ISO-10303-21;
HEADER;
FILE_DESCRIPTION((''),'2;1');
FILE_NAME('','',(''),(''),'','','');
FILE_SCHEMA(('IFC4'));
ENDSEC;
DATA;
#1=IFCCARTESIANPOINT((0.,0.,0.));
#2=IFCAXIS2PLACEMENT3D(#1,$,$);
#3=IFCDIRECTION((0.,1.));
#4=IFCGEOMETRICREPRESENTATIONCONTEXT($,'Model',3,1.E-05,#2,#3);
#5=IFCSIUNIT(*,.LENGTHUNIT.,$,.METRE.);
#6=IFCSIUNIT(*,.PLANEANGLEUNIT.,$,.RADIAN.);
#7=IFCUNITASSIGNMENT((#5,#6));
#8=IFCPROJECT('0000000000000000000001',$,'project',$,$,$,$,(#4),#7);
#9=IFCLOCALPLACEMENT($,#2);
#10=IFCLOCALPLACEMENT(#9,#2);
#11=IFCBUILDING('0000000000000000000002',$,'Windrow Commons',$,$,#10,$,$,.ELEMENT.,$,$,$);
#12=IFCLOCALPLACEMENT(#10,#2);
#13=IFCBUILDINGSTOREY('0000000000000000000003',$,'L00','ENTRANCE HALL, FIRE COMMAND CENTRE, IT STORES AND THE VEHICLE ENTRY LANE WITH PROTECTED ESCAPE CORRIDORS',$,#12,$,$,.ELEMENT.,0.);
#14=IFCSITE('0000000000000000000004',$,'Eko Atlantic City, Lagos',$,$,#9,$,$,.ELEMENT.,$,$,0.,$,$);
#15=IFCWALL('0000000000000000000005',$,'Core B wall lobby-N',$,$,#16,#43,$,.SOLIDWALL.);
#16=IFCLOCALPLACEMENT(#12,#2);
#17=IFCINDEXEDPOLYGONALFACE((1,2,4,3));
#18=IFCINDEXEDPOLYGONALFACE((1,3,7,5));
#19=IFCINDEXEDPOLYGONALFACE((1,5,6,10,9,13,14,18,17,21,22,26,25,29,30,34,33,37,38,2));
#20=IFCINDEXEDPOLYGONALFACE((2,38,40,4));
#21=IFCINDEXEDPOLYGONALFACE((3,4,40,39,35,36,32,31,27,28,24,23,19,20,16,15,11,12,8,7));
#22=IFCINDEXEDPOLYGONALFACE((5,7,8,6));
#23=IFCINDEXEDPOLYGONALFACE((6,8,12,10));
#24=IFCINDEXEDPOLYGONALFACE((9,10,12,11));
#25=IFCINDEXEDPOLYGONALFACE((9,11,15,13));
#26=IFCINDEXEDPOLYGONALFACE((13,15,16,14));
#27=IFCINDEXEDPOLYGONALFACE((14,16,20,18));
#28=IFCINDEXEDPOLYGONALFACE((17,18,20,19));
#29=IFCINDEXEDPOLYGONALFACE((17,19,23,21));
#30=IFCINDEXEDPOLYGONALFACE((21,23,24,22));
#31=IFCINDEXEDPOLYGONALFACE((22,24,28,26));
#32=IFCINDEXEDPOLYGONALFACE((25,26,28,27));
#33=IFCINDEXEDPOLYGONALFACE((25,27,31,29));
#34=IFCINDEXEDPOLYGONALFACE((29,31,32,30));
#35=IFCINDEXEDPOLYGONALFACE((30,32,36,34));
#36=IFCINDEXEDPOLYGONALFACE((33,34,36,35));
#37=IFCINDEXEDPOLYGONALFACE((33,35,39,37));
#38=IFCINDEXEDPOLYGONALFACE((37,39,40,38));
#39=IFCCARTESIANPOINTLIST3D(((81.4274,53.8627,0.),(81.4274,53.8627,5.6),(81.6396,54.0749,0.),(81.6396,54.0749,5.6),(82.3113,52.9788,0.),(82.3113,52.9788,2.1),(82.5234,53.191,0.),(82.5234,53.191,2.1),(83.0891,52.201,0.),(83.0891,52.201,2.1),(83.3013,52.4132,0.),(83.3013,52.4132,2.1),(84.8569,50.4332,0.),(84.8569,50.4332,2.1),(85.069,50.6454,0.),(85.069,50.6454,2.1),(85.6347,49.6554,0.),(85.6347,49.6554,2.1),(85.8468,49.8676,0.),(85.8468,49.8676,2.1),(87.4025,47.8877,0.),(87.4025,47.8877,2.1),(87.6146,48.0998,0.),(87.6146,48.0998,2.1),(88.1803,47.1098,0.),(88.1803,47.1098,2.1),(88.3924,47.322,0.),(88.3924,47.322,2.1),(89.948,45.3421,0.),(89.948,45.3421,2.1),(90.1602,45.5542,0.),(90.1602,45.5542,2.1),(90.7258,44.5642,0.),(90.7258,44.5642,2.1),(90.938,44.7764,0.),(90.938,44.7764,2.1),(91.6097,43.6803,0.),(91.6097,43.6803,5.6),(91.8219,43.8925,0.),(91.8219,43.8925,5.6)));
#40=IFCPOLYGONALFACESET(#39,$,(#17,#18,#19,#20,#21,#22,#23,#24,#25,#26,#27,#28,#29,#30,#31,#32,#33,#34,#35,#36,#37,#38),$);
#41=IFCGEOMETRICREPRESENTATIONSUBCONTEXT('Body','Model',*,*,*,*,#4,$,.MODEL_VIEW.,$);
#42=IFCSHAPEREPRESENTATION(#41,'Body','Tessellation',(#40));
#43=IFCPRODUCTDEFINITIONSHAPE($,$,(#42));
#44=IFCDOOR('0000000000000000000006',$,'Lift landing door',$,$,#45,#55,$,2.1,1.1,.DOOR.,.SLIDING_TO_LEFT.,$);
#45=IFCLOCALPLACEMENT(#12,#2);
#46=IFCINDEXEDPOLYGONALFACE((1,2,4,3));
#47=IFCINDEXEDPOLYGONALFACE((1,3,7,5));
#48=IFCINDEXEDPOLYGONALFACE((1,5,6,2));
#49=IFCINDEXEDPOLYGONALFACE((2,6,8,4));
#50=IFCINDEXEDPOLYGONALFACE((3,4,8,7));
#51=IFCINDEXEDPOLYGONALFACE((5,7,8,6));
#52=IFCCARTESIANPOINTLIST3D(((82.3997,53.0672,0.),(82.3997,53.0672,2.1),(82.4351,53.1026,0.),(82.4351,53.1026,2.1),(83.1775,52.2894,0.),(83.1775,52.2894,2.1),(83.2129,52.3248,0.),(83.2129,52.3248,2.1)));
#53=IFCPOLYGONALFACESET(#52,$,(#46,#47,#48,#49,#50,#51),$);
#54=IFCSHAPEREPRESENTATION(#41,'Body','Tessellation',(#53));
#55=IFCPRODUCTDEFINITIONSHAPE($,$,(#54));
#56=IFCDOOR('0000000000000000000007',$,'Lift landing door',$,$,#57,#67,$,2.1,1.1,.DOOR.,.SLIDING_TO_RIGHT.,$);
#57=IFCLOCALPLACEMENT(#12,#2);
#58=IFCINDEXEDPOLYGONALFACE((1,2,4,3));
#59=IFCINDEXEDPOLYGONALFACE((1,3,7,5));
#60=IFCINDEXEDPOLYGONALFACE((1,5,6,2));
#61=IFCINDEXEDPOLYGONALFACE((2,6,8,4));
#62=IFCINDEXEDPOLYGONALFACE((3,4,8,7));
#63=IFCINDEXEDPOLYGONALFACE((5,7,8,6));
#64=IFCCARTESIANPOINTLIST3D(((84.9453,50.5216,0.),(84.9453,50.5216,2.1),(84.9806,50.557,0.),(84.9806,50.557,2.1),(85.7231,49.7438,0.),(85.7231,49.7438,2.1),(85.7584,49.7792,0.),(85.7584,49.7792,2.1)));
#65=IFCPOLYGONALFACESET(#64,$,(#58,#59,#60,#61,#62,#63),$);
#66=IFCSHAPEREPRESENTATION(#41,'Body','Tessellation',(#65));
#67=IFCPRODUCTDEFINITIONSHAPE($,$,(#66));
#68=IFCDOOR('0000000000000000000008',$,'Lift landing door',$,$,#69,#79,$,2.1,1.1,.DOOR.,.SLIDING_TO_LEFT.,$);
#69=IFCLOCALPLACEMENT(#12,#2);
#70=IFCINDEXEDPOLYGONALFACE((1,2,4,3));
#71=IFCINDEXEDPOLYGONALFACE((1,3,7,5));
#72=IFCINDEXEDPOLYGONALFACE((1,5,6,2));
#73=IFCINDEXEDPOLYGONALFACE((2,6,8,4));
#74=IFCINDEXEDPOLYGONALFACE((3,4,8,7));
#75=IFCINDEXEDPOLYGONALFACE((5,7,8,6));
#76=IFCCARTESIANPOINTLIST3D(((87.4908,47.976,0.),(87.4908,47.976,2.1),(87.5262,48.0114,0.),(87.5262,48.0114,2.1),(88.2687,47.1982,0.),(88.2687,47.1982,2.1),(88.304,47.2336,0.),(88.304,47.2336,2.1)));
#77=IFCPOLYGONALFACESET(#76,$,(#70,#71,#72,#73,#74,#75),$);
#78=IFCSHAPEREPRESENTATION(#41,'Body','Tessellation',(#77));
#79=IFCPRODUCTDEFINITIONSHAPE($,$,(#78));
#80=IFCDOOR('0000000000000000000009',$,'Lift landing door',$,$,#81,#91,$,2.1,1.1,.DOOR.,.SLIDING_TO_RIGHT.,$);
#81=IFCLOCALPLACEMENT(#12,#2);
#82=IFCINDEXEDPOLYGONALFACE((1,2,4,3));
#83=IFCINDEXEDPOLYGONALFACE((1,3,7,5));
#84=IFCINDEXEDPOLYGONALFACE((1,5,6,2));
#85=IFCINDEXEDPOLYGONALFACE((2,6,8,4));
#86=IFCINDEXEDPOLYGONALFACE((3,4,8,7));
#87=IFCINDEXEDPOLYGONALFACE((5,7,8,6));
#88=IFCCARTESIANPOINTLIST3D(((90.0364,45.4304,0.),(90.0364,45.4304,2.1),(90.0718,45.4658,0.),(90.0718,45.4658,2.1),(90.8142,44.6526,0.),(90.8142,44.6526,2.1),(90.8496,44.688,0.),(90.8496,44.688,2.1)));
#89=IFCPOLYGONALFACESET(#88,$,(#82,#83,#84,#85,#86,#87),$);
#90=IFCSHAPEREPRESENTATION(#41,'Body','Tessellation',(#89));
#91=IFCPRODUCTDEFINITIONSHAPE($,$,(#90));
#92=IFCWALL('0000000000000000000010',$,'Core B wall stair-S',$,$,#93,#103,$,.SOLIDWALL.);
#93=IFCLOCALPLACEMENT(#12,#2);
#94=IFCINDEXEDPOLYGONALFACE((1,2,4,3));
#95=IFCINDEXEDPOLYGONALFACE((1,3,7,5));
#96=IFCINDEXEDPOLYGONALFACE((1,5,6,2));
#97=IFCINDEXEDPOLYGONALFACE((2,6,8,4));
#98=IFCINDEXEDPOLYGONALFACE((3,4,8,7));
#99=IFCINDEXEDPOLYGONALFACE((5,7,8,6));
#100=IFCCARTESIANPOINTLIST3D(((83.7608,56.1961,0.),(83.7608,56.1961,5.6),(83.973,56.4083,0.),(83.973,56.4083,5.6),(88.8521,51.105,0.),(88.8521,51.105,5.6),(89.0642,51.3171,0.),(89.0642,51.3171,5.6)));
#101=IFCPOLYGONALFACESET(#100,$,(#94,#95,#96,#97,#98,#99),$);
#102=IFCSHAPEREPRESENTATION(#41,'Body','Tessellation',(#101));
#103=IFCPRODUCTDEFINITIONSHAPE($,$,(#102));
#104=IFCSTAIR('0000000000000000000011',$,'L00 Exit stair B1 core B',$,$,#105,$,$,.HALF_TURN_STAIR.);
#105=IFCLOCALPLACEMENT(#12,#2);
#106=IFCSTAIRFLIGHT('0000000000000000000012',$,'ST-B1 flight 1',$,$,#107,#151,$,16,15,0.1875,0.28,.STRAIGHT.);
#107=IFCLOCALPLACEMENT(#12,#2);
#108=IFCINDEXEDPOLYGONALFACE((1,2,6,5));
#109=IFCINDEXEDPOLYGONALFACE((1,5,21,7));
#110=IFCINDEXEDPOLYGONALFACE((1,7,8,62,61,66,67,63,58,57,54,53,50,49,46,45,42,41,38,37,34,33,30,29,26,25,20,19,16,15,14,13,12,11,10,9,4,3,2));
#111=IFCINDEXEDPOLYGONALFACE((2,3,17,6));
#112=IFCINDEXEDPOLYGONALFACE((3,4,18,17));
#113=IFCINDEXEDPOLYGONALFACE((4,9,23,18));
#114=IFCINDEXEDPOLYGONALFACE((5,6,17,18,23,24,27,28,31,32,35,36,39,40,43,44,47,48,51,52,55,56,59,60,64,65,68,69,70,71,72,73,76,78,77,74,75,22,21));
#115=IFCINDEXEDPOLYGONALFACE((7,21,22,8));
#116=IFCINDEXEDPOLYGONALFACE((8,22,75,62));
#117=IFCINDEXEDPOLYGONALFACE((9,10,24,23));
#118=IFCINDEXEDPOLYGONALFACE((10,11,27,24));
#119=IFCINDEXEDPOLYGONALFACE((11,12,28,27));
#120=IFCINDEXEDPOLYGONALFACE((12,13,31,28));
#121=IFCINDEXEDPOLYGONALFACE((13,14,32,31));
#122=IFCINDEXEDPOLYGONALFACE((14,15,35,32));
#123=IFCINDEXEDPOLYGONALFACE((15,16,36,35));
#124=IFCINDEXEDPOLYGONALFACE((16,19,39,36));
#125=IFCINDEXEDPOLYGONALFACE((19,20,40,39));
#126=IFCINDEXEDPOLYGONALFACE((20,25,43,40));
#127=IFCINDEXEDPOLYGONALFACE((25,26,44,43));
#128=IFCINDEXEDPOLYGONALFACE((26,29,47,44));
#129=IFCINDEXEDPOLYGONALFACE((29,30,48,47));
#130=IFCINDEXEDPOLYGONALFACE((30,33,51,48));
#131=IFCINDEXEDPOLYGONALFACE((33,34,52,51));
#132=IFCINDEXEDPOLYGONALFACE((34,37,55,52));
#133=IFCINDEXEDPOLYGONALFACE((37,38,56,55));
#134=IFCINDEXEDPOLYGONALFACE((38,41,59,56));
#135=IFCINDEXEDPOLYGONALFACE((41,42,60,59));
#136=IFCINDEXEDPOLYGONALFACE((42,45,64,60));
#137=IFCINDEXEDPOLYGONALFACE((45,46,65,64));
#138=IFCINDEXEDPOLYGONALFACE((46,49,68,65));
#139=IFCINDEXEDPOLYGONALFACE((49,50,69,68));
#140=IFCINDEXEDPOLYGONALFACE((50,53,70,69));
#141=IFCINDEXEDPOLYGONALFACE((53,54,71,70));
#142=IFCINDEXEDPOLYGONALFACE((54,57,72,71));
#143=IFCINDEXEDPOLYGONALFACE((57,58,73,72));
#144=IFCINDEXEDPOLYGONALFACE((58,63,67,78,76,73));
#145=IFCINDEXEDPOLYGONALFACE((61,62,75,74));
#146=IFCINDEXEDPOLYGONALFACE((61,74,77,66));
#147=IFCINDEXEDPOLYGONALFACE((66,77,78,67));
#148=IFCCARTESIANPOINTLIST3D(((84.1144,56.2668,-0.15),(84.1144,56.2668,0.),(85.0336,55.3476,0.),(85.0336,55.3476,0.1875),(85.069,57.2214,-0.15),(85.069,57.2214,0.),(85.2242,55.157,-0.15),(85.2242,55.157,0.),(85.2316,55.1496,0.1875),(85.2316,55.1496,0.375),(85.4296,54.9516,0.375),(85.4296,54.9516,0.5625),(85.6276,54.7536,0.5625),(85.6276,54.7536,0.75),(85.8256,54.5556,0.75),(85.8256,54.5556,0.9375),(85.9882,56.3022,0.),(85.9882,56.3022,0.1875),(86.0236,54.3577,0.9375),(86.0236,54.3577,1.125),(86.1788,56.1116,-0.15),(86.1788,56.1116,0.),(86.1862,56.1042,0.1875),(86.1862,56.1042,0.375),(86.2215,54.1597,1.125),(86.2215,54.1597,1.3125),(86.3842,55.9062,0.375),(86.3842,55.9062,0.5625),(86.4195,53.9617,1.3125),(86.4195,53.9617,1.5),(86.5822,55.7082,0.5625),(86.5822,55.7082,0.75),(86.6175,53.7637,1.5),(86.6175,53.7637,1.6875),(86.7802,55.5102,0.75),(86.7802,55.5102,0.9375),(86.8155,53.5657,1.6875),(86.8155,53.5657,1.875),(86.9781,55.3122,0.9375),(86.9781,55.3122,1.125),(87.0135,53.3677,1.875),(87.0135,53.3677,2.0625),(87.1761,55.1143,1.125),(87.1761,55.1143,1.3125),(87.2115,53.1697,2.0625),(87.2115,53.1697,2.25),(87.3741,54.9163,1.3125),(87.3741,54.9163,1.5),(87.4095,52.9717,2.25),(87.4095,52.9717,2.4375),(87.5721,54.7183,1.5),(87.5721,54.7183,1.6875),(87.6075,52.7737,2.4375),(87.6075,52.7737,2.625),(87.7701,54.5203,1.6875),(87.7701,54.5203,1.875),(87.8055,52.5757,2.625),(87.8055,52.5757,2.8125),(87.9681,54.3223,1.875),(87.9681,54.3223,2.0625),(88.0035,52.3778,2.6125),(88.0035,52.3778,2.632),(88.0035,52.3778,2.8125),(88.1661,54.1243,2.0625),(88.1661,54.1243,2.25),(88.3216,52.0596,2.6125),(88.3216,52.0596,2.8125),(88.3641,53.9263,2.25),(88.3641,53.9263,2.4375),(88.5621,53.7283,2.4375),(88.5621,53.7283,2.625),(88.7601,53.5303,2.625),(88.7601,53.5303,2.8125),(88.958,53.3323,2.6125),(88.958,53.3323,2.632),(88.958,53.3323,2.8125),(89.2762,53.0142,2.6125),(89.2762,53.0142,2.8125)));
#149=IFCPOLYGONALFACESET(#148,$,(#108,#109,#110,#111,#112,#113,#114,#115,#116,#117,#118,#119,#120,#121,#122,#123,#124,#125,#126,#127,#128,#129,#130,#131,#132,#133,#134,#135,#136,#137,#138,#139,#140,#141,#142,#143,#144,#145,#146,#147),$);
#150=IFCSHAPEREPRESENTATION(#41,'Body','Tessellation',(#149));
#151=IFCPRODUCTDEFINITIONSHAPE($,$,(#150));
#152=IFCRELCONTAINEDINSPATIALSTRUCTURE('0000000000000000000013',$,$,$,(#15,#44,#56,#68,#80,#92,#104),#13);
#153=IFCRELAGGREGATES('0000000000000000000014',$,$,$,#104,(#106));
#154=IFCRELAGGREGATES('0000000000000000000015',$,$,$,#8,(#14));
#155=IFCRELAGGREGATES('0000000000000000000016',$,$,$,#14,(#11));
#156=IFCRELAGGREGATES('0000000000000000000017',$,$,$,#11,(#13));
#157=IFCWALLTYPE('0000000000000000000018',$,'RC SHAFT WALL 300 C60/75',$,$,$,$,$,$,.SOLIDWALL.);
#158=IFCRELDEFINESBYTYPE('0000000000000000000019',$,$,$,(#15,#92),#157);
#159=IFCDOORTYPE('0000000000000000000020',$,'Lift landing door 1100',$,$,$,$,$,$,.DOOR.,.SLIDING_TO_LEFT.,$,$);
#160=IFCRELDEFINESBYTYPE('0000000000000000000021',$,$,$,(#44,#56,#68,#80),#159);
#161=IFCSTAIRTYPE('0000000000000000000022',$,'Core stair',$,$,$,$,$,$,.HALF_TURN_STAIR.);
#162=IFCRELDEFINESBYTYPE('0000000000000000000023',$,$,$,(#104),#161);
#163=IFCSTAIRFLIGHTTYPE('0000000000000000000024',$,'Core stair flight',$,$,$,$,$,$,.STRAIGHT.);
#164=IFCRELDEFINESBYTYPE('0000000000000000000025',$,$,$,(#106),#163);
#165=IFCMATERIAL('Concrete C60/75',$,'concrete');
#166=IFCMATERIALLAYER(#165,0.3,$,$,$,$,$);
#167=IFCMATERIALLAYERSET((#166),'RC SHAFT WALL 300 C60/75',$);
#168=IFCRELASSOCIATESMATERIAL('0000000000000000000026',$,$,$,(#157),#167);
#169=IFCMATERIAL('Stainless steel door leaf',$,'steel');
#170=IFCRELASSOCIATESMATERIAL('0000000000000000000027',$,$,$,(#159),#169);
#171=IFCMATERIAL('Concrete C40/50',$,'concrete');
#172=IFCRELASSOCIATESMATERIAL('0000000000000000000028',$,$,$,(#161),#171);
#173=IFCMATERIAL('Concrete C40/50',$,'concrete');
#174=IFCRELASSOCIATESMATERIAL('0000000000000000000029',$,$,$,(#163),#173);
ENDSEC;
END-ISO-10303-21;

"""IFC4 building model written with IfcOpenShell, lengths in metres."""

from ifc_helpers import new_model, si_unit, direction, frame, frame_2d, origin, place, context, subcontext, project, spatial, polyline, rectangle, outline, extrude, material, layer, layer_set, type_object, element, fill, aggregate, save


model = new_model("IFC4")

# Units and contexts
model_context = context("Model", 3, precision=1e-05, world=origin(), true_north=direction((0.0, 1.0)))
body_context = subcontext(model_context, "Body", "Model", "MODEL_VIEW")
ifc_project = project(units=[si_unit("LENGTHUNIT", "METRE"), si_unit("PLANEANGLEUNIT", "RADIAN")], contexts=[model_context])

# Site, building, storey
site_placement = place(None, origin())
site = spatial("IfcSite", under=ifc_project, at=site_placement, Name="Eko Atlantic City, Lagos", CompositionType="ELEMENT", RefElevation=0.0)
building_placement = place(site_placement, origin())
building = spatial("IfcBuilding", under=site, at=building_placement, Name="Windrow Commons", CompositionType="ELEMENT")
storey_placement = place(building_placement, origin())
storey = spatial("IfcBuildingStorey", under=building, at=storey_placement, Name="L00", Description="ENTRANCE HALL, FIRE COMMAND CENTRE, IT STORES AND THE VEHICLE ENTRY LANE WITH PROTECTED ESCAPE CORRIDORS", CompositionType="ELEMENT", Elevation=0.0)

# Shared definitions
ifc_material_1 = material(Name="Concrete C60/75", Category="concrete")
ifc_layer_1 = layer(ifc_material_1, 0.3)
ifc_layer_set_1 = layer_set([ifc_layer_1], Name="RC SHAFT WALL 300 C60/75")
wall_type_1 = type_object("IfcWallType", Name="RC SHAFT WALL 300 C60/75", PredefinedType="SOLIDWALL", material=ifc_layer_set_1)

# Wall, openings, doors
ifc_material_2 = material(Name="Stainless steel door leaf", Category="steel")
door_type_1 = type_object("IfcDoorType", Name="Lift landing door 1100", OperationType="SLIDING_TO_LEFT", PredefinedType="DOOR", material=ifc_material_2)
wall_1_placement = place(storey_placement, frame((81.5335, 53.9688, 0.0), z_axis=(0.0, 0.0, 1.0), x_axis=(0.707103, -0.70711, 0.0)))
wall_1 = element("IfcWall", 1, at=wall_1_placement, inside=storey, type_object=wall_type_1, Name="Core B wall lobby-N", PredefinedType="SOLIDWALL", context=body_context, shape_type="SweptSolid", body=[
    extrude(rectangle(XDim=14.4, YDim=0.3, at=frame_2d((7.2, 0.0))), origin(), (0.0, 0.0, 1.0), 5.6),
])
opening_1_placement = place(wall_1_placement, frame((1.25, 0.0, 0.0)))
opening_1 = element("IfcOpeningElement", 2, at=opening_1_placement, cuts=wall_1, PredefinedType="OPENING", context=body_context, shape_type="SweptSolid", body=[
    extrude(rectangle(XDim=1.1, YDim=2.1, at=frame_2d((0.55, 1.05))), frame((0.0, 0.16, 0.0), z_axis=(0.0, -1.0, 0.0), x_axis=(1.0, 0.0, 0.0)), (0.0, 0.0, 1.0), 0.32),
])
opening_2_placement = place(wall_1_placement, frame((4.85, 0.0, 0.0)))
opening_2 = element("IfcOpeningElement", 3, at=opening_2_placement, cuts=wall_1, PredefinedType="OPENING", context=body_context, shape_type="SweptSolid", body=[
    extrude(rectangle(XDim=1.1, YDim=2.1, at=frame_2d((0.55, 1.05))), frame((0.0, 0.16, 0.0), z_axis=(0.0, -1.0, 0.0), x_axis=(1.0, 0.0, 0.0)), (0.0, 0.0, 1.0), 0.32),
])
opening_3_placement = place(wall_1_placement, frame((8.45, 0.0, 0.0)))
opening_3 = element("IfcOpeningElement", 4, at=opening_3_placement, cuts=wall_1, PredefinedType="OPENING", context=body_context, shape_type="SweptSolid", body=[
    extrude(rectangle(XDim=1.1, YDim=2.1, at=frame_2d((0.55, 1.05))), frame((0.0, 0.16, 0.0), z_axis=(0.0, -1.0, 0.0), x_axis=(1.0, 0.0, 0.0)), (0.0, 0.0, 1.0), 0.32),
])
opening_4_placement = place(wall_1_placement, frame((12.05, 0.0, 0.0)))
opening_4 = element("IfcOpeningElement", 5, at=opening_4_placement, cuts=wall_1, PredefinedType="OPENING", context=body_context, shape_type="SweptSolid", body=[
    extrude(rectangle(XDim=1.1, YDim=2.1, at=frame_2d((0.55, 1.05))), frame((0.0, 0.16, 0.0), z_axis=(0.0, -1.0, 0.0), x_axis=(1.0, 0.0, 0.0)), (0.0, 0.0, 1.0), 0.32),
])
door_1_placement = place(opening_1_placement, origin())
door_1 = element("IfcDoor", 6, at=door_1_placement, inside=storey, type_object=door_type_1, Name="Lift landing door", OperationType="SLIDING_TO_LEFT", OverallHeight=2.1, OverallWidth=1.1, PredefinedType="DOOR", context=body_context, shape_type="SweptSolid", body=[
    extrude(rectangle(XDim=1.1, YDim=2.1, at=frame_2d((0.55, 1.05))), frame((0.0, 0.025, 0.0), z_axis=(0.0, -1.0, 0.0), x_axis=(1.0, 0.0, 0.0)), (0.0, 0.0, 1.0), 0.05),
])
fill(opening_1, door_1)
door_2_placement = place(opening_2_placement, origin())
door_2 = element("IfcDoor", 7, at=door_2_placement, inside=storey, type_object=door_type_1, Name="Lift landing door", OperationType="SLIDING_TO_RIGHT", OverallHeight=2.1, OverallWidth=1.1, PredefinedType="DOOR", context=body_context, shape_type="SweptSolid", body=[
    extrude(rectangle(XDim=1.1, YDim=2.1, at=frame_2d((0.55, 1.05))), frame((0.0, 0.025, 0.0), z_axis=(0.0, -1.0, 0.0), x_axis=(1.0, 0.0, 0.0)), (0.0, 0.0, 1.0), 0.05),
])
fill(opening_2, door_2)
door_3_placement = place(opening_3_placement, origin())
door_3 = element("IfcDoor", 8, at=door_3_placement, inside=storey, type_object=door_type_1, Name="Lift landing door", OperationType="SLIDING_TO_LEFT", OverallHeight=2.1, OverallWidth=1.1, PredefinedType="DOOR", context=body_context, shape_type="SweptSolid", body=[
    extrude(rectangle(XDim=1.1, YDim=2.1, at=frame_2d((0.55, 1.05))), frame((0.0, 0.025, 0.0), z_axis=(0.0, -1.0, 0.0), x_axis=(1.0, 0.0, 0.0)), (0.0, 0.0, 1.0), 0.05),
])
fill(opening_3, door_3)
door_4_placement = place(opening_4_placement, origin())
door_4 = element("IfcDoor", 9, at=door_4_placement, inside=storey, type_object=door_type_1, Name="Lift landing door", OperationType="SLIDING_TO_RIGHT", OverallHeight=2.1, OverallWidth=1.1, PredefinedType="DOOR", context=body_context, shape_type="SweptSolid", body=[
    extrude(rectangle(XDim=1.1, YDim=2.1, at=frame_2d((0.55, 1.05))), frame((0.0, 0.025, 0.0), z_axis=(0.0, -1.0, 0.0), x_axis=(1.0, 0.0, 0.0)), (0.0, 0.0, 1.0), 0.05),
])
fill(opening_4, door_4)

# Wall
wall_2_placement = place(storey_placement, frame((83.8669, 56.3022, 0.0), z_axis=(0.0, 0.0, 1.0), x_axis=(0.707114, -0.7071, 0.0)))
element("IfcWall", 10, at=wall_2_placement, inside=storey, type_object=wall_type_1, Name="Core B wall stair-S", PredefinedType="SOLIDWALL", context=body_context, shape_type="SweptSolid", body=[
    extrude(rectangle(XDim=7.2, YDim=0.3, at=frame_2d((3.6, 0.0))), origin(), (0.0, 0.0, 1.0), 5.6),
])

# Stair, stair flight
ifc_material_3 = material(Name="Concrete C40/50", Category="concrete")
stair_type = type_object("IfcStairType", Name="Core stair", PredefinedType="HALF_TURN_STAIR", material=ifc_material_3)
stair_placement = place(storey_placement, origin())
stair = element("IfcStair", 11, at=stair_placement, inside=storey, type_object=stair_type, Name="L00 Exit stair B1 core B", PredefinedType="HALF_TURN_STAIR")
ifc_material_4 = material(Name="Concrete C40/50", Category="concrete")
stair_flight_type = type_object("IfcStairFlightType", Name="Core stair flight", PredefinedType="STRAIGHT", material=ifc_material_4)
stair_flight_placement = place(storey_placement, frame((85.5109, 55.8249, 0.0), z_axis=(0.0, 0.0, 1.0), x_axis=(0.707107, -0.707107, 0.0)))
stair_flight = element("IfcStairFlight", 12, at=stair_flight_placement, type_object=stair_flight_type, Name="ST-B1 flight 1", NumberOfRisers=16, NumberOfTreads=15, PredefinedType="STRAIGHT", RiserHeight=0.1875, TreadLength=0.28, context=body_context, shape_type="SweptSolid", body=[
    extrude(outline(polyline([(-1.3, -0.15), (-1.3, 0.0), (0.0, 0.0), (0.0, 0.1875), (0.28, 0.1875), (0.28, 0.375), (0.56, 0.375), (0.56, 0.5625), (0.84, 0.5625), (0.84, 0.75), (1.12, 0.75), (1.12, 0.9375), (1.4, 0.9375), (1.4, 1.125), (1.68, 1.125), (1.68, 1.3125), (1.96, 1.3125), (1.96, 1.5), (2.24, 1.5), (2.24, 1.6875), (2.52, 1.6875), (2.52, 1.875), (2.8, 1.875), (2.8, 2.0625), (3.08, 2.0625), (3.08, 2.25), (3.36, 2.25), (3.36, 2.4375), (3.64, 2.4375), (3.64, 2.625), (3.92, 2.625), (3.92, 2.8125), (4.2, 2.8125), (4.65, 2.8125), (4.65, 2.6125), (4.2, 2.6125), (4.2, 2.632), (0.2696, 0.0), (0.2696, -0.15), (-1.3, -0.15)])), frame((0.0, 0.675, 0.0), z_axis=(0.0, -1.0, 0.0), x_axis=(1.0, 0.0, 0.0)), (0.0, 0.0, 1.0), 1.35),
])
aggregate(stair, [stair_flight])

save(model, "model.ifc")
